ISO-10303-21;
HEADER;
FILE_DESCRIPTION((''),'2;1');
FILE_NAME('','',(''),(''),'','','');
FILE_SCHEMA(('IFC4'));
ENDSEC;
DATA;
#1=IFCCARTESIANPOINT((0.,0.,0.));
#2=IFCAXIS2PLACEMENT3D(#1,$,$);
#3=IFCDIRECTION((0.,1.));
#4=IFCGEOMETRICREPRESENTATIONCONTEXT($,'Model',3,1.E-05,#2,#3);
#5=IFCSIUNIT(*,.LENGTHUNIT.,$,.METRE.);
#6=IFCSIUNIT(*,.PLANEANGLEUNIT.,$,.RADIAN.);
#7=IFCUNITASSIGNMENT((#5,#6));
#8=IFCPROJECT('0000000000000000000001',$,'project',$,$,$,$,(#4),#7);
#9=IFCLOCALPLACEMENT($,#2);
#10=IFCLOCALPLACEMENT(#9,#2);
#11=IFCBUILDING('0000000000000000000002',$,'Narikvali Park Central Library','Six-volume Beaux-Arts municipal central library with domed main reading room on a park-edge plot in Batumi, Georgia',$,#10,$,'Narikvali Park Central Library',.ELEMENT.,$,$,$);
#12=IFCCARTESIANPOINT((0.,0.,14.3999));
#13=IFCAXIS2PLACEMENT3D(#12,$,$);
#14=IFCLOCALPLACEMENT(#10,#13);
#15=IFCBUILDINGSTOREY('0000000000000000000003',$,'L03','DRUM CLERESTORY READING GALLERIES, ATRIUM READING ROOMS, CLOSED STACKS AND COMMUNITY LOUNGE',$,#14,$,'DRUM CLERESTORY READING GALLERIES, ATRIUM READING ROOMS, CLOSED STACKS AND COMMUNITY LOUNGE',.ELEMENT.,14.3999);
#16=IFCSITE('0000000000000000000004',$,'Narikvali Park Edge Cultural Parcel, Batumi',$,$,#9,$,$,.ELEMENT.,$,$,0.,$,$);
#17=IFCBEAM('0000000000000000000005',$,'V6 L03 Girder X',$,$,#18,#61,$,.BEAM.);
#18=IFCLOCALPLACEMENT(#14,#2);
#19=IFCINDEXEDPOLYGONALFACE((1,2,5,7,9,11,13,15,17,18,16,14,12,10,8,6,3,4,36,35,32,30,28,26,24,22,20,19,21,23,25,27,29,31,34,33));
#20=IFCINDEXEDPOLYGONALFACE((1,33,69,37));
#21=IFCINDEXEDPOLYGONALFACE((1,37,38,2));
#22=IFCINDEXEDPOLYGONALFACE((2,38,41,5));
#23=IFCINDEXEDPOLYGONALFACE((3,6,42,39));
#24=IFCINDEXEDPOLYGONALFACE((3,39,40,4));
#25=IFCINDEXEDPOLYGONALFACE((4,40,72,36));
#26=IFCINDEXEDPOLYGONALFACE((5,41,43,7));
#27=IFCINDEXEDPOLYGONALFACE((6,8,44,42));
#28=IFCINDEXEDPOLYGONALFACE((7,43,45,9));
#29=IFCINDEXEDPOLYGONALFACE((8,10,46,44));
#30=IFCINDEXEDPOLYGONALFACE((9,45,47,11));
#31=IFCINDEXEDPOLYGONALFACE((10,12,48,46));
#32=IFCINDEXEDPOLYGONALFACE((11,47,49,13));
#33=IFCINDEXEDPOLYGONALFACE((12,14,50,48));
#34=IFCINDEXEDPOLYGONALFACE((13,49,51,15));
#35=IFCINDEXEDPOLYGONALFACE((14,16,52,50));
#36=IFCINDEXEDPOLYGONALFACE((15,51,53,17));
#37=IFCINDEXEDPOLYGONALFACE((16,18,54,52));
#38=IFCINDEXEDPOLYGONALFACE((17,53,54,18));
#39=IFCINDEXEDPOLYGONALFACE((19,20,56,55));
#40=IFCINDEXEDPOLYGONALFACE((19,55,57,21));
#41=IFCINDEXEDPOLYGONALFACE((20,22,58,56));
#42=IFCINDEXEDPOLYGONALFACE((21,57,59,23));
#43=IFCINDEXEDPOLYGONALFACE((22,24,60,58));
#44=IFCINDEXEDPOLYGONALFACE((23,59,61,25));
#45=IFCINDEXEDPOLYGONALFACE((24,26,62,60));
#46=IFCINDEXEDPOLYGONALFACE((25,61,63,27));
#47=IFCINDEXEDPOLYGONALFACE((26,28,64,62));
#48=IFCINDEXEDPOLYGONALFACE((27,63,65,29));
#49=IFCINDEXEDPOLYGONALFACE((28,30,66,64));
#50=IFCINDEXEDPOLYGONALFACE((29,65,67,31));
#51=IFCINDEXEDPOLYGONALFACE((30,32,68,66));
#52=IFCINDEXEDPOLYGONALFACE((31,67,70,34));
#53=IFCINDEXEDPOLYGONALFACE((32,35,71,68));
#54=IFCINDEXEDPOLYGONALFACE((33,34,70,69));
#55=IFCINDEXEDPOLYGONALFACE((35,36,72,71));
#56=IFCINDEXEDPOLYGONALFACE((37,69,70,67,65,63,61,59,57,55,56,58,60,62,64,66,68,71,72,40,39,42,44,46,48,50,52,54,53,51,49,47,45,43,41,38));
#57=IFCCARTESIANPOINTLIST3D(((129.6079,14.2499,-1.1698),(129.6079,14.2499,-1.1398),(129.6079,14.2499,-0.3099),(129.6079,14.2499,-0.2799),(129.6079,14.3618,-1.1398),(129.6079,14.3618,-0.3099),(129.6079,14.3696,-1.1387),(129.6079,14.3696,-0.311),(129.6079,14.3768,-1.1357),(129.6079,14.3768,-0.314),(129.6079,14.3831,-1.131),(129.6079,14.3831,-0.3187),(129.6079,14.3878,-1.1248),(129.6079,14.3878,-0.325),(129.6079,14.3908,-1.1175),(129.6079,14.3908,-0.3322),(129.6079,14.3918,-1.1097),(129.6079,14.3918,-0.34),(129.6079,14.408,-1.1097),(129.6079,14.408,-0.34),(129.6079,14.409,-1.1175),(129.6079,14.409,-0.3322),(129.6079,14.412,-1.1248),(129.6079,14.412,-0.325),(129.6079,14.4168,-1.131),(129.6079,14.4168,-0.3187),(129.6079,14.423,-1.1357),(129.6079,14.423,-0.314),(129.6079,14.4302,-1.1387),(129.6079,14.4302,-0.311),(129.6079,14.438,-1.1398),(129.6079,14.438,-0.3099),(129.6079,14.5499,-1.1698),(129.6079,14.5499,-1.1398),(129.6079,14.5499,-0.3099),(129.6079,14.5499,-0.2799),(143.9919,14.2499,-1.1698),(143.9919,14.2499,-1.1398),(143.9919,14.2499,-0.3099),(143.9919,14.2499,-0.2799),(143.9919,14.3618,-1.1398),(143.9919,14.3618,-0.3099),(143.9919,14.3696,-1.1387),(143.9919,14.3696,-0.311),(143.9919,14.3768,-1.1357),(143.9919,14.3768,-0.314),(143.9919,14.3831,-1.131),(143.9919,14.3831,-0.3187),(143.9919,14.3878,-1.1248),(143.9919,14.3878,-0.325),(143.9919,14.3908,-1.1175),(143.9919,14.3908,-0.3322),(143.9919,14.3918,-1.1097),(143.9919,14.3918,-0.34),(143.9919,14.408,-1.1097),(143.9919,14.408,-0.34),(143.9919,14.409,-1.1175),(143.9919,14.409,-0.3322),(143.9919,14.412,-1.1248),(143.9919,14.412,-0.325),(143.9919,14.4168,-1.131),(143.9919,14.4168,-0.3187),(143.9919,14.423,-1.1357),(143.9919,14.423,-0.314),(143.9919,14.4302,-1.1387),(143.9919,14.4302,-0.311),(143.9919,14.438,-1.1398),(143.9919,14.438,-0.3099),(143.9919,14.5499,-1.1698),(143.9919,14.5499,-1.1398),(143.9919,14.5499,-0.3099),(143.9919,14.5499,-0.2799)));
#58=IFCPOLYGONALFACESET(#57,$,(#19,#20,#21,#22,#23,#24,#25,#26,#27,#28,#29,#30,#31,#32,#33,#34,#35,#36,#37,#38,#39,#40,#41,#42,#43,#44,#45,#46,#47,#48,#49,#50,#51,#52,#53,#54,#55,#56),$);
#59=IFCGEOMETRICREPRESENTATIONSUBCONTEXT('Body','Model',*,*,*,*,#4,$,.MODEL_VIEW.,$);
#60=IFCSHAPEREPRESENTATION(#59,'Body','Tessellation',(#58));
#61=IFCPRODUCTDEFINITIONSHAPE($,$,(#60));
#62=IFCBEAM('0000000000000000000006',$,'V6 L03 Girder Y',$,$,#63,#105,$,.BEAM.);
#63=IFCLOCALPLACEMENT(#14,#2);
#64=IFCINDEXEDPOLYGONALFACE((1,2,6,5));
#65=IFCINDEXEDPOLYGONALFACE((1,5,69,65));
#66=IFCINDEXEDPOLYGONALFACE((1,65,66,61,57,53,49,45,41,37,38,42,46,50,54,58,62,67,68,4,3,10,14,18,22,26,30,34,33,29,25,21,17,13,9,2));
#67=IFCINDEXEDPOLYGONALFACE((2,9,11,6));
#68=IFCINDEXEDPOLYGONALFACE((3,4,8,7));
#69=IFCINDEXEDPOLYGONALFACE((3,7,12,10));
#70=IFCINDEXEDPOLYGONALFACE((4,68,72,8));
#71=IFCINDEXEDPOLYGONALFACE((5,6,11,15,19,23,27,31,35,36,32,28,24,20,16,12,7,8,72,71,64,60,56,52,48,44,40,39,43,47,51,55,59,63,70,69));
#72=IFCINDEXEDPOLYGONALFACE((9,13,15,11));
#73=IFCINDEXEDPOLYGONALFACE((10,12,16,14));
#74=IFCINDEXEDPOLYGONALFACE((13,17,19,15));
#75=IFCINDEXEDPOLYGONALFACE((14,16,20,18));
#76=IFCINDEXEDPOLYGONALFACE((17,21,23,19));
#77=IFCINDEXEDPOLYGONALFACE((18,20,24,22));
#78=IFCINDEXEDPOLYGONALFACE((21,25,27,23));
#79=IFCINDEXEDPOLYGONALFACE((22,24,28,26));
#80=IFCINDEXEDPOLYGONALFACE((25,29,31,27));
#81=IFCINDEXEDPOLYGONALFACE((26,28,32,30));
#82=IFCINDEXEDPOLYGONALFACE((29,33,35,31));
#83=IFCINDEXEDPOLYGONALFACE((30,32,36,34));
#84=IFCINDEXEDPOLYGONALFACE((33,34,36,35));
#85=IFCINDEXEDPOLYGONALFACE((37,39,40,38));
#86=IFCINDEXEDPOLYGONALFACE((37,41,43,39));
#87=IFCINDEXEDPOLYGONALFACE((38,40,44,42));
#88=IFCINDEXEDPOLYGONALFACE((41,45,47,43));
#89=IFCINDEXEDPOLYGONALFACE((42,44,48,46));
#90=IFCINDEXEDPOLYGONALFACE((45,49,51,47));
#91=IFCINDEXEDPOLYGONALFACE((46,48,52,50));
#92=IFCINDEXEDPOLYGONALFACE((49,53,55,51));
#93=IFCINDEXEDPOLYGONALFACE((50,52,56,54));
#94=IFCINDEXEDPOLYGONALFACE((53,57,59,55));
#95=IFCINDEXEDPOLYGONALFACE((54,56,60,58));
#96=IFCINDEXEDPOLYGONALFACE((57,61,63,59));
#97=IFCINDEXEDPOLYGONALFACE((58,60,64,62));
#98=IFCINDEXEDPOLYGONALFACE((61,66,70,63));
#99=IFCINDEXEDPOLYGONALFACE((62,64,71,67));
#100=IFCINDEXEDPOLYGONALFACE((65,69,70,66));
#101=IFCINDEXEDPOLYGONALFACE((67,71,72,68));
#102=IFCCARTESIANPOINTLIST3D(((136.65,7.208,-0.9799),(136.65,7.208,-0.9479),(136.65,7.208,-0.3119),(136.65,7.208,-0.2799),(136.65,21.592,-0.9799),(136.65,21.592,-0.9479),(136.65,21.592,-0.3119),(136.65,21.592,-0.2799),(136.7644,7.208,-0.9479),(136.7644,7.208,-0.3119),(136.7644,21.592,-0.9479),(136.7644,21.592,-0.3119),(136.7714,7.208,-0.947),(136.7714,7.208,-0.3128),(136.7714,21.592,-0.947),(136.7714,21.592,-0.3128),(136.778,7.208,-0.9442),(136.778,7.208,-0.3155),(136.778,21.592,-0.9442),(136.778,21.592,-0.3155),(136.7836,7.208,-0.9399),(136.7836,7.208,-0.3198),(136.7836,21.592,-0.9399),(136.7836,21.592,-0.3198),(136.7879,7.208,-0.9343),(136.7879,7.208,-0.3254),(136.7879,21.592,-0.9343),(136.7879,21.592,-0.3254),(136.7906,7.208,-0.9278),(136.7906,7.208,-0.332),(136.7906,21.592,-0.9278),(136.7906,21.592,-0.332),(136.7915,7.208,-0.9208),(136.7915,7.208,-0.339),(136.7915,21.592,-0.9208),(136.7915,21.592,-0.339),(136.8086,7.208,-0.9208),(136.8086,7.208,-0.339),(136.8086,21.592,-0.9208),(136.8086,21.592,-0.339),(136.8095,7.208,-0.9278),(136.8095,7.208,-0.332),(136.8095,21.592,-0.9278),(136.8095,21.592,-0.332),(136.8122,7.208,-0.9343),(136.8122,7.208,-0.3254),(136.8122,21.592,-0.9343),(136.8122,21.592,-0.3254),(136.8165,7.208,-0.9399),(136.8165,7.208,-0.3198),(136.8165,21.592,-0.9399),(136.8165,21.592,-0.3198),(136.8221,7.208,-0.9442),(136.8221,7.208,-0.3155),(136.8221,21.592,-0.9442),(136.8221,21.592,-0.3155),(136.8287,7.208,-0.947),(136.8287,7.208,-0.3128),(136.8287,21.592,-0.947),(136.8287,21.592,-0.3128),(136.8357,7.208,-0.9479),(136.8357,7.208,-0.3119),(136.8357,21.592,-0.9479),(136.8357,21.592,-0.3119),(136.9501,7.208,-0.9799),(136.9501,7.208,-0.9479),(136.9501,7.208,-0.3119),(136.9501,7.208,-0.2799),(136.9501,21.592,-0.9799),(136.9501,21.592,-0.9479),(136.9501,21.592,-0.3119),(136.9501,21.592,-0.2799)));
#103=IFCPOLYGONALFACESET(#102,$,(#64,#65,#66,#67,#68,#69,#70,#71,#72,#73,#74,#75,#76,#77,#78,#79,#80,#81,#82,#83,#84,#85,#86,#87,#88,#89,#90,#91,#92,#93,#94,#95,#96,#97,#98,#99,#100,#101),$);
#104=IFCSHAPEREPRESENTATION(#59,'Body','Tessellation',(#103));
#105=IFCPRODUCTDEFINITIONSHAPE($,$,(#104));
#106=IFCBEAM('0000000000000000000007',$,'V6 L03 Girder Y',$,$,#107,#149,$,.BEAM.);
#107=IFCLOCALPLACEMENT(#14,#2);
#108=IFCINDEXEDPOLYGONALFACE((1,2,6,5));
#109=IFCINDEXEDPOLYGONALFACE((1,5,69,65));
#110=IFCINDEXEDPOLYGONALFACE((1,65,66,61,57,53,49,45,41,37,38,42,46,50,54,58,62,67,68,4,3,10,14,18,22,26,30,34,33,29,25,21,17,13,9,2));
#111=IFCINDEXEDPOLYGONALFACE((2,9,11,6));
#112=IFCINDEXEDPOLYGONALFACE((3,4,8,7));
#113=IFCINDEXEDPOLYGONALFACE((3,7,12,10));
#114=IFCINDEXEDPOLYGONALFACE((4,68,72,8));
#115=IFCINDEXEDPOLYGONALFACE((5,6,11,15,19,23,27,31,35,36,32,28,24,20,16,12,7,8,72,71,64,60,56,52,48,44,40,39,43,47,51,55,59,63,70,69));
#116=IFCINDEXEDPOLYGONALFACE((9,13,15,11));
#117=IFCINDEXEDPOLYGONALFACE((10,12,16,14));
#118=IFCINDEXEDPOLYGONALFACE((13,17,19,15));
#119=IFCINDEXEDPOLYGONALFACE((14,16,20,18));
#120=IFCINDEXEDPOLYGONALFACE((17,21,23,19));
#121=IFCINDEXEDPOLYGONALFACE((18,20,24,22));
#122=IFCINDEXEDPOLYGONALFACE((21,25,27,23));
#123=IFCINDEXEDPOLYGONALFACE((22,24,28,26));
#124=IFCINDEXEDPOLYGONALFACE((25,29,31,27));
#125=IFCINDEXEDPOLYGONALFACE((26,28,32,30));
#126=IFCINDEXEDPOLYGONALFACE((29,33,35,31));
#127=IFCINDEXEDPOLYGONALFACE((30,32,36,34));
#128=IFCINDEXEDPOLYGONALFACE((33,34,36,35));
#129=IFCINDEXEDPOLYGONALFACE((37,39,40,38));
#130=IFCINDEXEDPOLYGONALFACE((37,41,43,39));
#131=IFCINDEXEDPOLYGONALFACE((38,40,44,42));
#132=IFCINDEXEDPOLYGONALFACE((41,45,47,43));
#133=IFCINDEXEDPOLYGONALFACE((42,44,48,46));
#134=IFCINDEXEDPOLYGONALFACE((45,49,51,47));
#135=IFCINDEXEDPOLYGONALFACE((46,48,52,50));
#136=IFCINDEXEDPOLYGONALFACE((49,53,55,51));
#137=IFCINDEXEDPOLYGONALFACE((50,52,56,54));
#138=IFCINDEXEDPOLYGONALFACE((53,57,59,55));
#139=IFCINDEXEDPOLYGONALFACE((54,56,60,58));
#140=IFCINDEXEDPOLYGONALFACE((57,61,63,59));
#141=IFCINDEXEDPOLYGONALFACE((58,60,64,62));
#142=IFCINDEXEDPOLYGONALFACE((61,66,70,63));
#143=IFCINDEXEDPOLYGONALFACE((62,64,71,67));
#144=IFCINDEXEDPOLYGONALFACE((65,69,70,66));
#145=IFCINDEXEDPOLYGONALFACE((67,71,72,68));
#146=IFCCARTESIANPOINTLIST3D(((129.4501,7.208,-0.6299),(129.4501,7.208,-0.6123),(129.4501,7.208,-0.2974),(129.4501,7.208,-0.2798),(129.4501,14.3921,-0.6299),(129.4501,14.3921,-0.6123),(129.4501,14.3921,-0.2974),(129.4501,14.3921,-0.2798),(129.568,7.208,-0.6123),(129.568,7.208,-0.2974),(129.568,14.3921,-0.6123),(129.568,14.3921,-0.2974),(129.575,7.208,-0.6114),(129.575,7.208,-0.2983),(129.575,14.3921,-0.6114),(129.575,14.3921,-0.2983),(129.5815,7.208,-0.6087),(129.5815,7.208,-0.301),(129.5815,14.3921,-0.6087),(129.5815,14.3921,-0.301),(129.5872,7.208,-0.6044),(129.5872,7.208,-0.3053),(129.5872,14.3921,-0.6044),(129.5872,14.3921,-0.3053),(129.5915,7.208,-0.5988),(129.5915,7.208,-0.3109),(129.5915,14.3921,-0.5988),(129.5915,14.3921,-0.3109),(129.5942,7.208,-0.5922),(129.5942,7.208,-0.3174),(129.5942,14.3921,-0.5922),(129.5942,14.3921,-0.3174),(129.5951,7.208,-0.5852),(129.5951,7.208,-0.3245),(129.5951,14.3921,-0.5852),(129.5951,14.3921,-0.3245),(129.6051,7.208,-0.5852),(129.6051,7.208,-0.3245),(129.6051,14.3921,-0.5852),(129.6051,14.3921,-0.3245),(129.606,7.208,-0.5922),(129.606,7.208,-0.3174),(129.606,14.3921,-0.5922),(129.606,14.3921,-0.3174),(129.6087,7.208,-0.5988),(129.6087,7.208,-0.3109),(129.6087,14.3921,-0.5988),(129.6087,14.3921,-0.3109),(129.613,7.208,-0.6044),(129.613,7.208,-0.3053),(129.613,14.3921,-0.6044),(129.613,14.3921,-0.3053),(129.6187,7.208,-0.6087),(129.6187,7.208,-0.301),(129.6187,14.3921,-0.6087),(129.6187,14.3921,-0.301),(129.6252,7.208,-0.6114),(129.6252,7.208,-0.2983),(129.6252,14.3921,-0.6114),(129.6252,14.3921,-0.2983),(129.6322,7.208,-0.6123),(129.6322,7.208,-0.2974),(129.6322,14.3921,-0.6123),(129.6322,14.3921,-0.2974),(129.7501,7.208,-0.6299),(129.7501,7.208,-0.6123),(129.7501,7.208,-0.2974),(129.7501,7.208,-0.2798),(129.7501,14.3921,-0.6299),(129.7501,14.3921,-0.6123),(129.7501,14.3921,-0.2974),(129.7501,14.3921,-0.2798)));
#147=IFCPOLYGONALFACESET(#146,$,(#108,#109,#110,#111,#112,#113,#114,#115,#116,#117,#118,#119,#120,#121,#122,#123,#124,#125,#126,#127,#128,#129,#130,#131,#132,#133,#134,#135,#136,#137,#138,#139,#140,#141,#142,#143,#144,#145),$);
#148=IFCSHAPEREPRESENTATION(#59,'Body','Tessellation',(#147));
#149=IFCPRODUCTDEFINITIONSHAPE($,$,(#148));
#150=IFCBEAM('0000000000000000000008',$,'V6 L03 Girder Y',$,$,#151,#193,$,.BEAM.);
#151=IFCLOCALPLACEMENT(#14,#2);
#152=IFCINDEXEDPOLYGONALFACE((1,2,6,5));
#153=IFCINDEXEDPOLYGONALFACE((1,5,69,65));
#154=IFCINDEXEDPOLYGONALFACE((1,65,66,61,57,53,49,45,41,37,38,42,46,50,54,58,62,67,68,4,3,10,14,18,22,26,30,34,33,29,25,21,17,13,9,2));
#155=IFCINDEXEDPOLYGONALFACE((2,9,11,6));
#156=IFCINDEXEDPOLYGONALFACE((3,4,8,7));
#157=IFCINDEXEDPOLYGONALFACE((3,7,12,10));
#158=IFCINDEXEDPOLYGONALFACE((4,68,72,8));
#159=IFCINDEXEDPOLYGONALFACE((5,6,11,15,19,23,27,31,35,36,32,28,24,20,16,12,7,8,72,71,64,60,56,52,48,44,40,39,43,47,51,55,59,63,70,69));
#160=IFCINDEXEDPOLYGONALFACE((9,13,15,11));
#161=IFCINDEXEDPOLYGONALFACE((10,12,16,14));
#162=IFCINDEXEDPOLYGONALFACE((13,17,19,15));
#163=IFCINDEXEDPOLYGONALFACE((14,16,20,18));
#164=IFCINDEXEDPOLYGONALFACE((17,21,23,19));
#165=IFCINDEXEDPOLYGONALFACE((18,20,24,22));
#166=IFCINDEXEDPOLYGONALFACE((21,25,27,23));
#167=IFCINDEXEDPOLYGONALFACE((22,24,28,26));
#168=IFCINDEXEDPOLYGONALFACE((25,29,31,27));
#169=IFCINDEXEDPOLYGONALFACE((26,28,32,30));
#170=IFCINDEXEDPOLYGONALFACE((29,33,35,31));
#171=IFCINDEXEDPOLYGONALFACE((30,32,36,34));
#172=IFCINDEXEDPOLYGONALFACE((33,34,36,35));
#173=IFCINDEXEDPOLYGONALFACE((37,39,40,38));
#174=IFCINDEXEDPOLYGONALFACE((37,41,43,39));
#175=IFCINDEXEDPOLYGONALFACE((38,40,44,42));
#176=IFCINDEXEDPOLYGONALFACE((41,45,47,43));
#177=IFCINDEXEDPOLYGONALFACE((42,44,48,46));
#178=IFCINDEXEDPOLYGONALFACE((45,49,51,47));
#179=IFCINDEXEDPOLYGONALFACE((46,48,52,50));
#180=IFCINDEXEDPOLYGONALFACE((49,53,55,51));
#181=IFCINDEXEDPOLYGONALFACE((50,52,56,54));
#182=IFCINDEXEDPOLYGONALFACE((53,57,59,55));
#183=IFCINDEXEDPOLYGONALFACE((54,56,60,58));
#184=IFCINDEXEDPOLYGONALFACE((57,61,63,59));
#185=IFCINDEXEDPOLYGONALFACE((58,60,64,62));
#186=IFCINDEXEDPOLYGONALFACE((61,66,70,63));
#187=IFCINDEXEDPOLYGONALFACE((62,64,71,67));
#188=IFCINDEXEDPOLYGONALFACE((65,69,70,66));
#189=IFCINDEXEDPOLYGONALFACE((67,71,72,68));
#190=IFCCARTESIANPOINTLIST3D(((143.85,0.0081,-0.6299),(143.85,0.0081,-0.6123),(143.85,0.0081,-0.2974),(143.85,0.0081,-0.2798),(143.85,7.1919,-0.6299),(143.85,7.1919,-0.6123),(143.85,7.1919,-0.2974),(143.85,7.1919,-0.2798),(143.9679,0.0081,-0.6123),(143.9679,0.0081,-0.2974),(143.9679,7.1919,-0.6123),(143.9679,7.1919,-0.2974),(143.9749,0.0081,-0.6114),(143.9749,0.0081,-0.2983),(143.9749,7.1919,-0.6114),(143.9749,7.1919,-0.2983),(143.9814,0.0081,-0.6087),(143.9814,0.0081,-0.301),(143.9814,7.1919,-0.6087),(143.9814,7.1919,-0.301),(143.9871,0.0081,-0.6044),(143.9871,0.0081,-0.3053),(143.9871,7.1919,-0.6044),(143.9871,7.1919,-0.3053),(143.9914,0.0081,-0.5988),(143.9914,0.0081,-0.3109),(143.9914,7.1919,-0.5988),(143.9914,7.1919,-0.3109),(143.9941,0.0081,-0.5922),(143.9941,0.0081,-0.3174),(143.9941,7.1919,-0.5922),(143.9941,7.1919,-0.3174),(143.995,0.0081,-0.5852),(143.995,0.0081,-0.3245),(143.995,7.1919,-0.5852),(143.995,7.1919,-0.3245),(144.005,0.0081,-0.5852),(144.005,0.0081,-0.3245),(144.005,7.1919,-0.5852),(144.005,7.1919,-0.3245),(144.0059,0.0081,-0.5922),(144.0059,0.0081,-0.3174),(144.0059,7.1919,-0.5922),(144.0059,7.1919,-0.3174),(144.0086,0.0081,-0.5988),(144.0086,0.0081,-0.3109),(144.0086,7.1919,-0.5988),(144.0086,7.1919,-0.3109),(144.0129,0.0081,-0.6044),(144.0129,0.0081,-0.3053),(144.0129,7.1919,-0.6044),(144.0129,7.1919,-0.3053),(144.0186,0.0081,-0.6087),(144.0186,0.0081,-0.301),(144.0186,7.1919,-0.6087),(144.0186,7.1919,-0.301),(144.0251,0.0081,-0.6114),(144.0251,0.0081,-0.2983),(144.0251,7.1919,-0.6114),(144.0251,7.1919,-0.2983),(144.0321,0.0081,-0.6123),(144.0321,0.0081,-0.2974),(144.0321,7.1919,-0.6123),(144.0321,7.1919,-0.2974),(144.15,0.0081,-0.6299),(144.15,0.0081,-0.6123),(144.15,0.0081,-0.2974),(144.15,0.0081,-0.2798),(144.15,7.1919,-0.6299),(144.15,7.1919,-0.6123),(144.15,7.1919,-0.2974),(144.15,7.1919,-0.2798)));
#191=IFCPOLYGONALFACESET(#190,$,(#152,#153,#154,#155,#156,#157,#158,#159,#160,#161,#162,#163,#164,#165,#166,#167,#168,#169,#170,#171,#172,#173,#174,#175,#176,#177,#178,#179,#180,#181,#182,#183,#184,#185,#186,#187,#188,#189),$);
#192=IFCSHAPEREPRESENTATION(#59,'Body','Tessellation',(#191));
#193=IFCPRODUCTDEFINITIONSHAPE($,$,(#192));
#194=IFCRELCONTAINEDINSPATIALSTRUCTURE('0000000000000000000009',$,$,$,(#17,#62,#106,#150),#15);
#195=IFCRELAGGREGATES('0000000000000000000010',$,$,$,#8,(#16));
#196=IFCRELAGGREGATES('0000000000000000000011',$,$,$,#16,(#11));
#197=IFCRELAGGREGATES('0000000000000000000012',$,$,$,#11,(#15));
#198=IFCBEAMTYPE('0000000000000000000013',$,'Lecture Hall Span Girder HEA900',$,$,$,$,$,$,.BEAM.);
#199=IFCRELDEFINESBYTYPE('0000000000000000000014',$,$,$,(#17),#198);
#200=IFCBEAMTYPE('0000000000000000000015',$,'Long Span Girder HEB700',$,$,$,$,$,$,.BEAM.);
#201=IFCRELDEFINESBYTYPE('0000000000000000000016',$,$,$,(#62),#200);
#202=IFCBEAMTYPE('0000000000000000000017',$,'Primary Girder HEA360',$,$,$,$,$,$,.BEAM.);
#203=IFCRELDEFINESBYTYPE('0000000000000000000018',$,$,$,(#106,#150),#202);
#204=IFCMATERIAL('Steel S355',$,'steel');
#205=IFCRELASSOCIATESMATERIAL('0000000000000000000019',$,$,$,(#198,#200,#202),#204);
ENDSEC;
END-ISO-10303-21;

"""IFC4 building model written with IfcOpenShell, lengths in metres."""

from ifc_helpers import new_model, si_unit, direction, frame, origin, origin_2d, place, context, subcontext, project, spatial, i_section, extrude, material, material_profile, profile_set, type_object, element, save


model = new_model("IFC4")

# Units and contexts
model_context = context("Model", 3, precision=1e-05, world=origin(), true_north=direction((0.0, 1.0)))
body_context = subcontext(model_context, "Body", "Model", "MODEL_VIEW")
ifc_project = project(units=[si_unit("LENGTHUNIT", "METRE"), si_unit("PLANEANGLEUNIT", "RADIAN")], contexts=[model_context])

# Site, building, storey
site_placement = place(None, origin())
site = spatial("IfcSite", under=ifc_project, at=site_placement, Name="Narikvali Park Edge Cultural Parcel, Batumi", CompositionType="ELEMENT", RefElevation=0.0)
building_placement = place(site_placement, origin())
building = spatial("IfcBuilding", under=site, at=building_placement, Name="Narikvali Park Central Library", Description="Six-volume Beaux-Arts municipal central library with domed main reading room on a park-edge plot in Batumi, Georgia", LongName="Narikvali Park Central Library", CompositionType="ELEMENT")
storey_placement = place(building_placement, frame((0.0, 0.0, 14.3999)))
storey = spatial("IfcBuildingStorey", under=building, at=storey_placement, Name="L03", Description="DRUM CLERESTORY READING GALLERIES, ATRIUM READING ROOMS, CLOSED STACKS AND COMMUNITY LOUNGE", LongName="DRUM CLERESTORY READING GALLERIES, ATRIUM READING ROOMS, CLOSED STACKS AND COMMUNITY LOUNGE", CompositionType="ELEMENT", Elevation=14.3999)

# Shared definitions
ifc_material_1 = material(Name="Steel S355", Category="steel")

# Beams
ifc_material_profile_1 = material_profile(ifc_material_1, i_section(OverallWidth=0.3, OverallDepth=0.8899, WebThickness=0.0161, FlangeThickness=0.03, FilletRadius=0.03, at=origin_2d()), Name="HEA 900")
ifc_profile_set_1 = profile_set([ifc_material_profile_1], Name="Steel S355")
beam_type_1 = type_object("IfcBeamType", Name="Lecture Hall Span Girder HEA900", PredefinedType="BEAM", material=ifc_profile_set_1)
beam_1_placement = place(storey_placement, frame((129.6079, 14.3999, -0.7249), z_axis=(1.0, 0.0, 0.0), x_axis=(0.0, 1.0, 0.0)))
element("IfcBeam", 1, at=beam_1_placement, inside=storey, type_object=beam_type_1, Name="V6 L03 Girder X", PredefinedType="BEAM", context=body_context, shape_type="SweptSolid", body=[
    extrude(i_section(OverallWidth=0.3, OverallDepth=0.8899, WebThickness=0.0161, FlangeThickness=0.03, FilletRadius=0.03, at=origin_2d()), origin(), (0.0, 0.0, 1.0), 14.384),
])
ifc_material_profile_2 = material_profile(ifc_material_1, i_section(OverallWidth=0.3, OverallDepth=0.7, WebThickness=0.0171, FlangeThickness=0.032, FilletRadius=0.0271, at=origin_2d()), Name="HEB 700")
ifc_profile_set_2 = profile_set([ifc_material_profile_2], Name="Steel S355")
beam_type_2 = type_object("IfcBeamType", Name="Long Span Girder HEB700", PredefinedType="BEAM", material=ifc_profile_set_2)
beam_2_placement = place(storey_placement, frame((136.8, 7.208, -0.6299), z_axis=(0.0, 1.0, 0.0), x_axis=(-1.0, 0.0, 0.0)))
element("IfcBeam", 2, at=beam_2_placement, inside=storey, type_object=beam_type_2, Name="V6 L03 Girder Y", PredefinedType="BEAM", context=body_context, shape_type="SweptSolid", body=[
    extrude(i_section(OverallWidth=0.3, OverallDepth=0.7, WebThickness=0.0171, FlangeThickness=0.032, FilletRadius=0.0271, at=origin_2d()), origin(), (0.0, 0.0, 1.0), 14.384),
])
ifc_material_profile_3 = material_profile(ifc_material_1, i_section(OverallWidth=0.3, OverallDepth=0.3501, WebThickness=0.01, FlangeThickness=0.0176, FilletRadius=0.0271, at=origin_2d()), Name="HEA 360")
ifc_profile_set_3 = profile_set([ifc_material_profile_3], Name="Steel S355")
beam_type_3 = type_object("IfcBeamType", Name="Primary Girder HEA360", PredefinedType="BEAM", material=ifc_profile_set_3)
beam_3_placement = place(storey_placement, frame((129.6001, 7.208, -0.4548), z_axis=(0.0, 1.0, 0.0), x_axis=(-1.0, 0.0, 0.0)))
element("IfcBeam", 3, at=beam_3_placement, inside=storey, type_object=beam_type_3, Name="V6 L03 Girder Y", PredefinedType="BEAM", context=body_context, shape_type="SweptSolid", body=[
    extrude(i_section(OverallWidth=0.3, OverallDepth=0.3501, WebThickness=0.01, FlangeThickness=0.0176, FilletRadius=0.0271, at=origin_2d()), origin(), (0.0, 0.0, 1.0), 7.1841),
])
beam_4_placement = place(storey_placement, frame((144.0, 0.0081, -0.4548), z_axis=(0.0, 1.0, 0.0), x_axis=(-1.0, 0.0, 0.0)))
element("IfcBeam", 4, at=beam_4_placement, inside=storey, type_object=beam_type_3, Name="V6 L03 Girder Y", PredefinedType="BEAM", context=body_context, shape_type="SweptSolid", body=[
    extrude(i_section(OverallWidth=0.3, OverallDepth=0.3501, WebThickness=0.01, FlangeThickness=0.0176, FilletRadius=0.0271, at=origin_2d()), origin(), (0.0, 0.0, 1.0), 7.1838),
])

save(model, "model.ifc")
